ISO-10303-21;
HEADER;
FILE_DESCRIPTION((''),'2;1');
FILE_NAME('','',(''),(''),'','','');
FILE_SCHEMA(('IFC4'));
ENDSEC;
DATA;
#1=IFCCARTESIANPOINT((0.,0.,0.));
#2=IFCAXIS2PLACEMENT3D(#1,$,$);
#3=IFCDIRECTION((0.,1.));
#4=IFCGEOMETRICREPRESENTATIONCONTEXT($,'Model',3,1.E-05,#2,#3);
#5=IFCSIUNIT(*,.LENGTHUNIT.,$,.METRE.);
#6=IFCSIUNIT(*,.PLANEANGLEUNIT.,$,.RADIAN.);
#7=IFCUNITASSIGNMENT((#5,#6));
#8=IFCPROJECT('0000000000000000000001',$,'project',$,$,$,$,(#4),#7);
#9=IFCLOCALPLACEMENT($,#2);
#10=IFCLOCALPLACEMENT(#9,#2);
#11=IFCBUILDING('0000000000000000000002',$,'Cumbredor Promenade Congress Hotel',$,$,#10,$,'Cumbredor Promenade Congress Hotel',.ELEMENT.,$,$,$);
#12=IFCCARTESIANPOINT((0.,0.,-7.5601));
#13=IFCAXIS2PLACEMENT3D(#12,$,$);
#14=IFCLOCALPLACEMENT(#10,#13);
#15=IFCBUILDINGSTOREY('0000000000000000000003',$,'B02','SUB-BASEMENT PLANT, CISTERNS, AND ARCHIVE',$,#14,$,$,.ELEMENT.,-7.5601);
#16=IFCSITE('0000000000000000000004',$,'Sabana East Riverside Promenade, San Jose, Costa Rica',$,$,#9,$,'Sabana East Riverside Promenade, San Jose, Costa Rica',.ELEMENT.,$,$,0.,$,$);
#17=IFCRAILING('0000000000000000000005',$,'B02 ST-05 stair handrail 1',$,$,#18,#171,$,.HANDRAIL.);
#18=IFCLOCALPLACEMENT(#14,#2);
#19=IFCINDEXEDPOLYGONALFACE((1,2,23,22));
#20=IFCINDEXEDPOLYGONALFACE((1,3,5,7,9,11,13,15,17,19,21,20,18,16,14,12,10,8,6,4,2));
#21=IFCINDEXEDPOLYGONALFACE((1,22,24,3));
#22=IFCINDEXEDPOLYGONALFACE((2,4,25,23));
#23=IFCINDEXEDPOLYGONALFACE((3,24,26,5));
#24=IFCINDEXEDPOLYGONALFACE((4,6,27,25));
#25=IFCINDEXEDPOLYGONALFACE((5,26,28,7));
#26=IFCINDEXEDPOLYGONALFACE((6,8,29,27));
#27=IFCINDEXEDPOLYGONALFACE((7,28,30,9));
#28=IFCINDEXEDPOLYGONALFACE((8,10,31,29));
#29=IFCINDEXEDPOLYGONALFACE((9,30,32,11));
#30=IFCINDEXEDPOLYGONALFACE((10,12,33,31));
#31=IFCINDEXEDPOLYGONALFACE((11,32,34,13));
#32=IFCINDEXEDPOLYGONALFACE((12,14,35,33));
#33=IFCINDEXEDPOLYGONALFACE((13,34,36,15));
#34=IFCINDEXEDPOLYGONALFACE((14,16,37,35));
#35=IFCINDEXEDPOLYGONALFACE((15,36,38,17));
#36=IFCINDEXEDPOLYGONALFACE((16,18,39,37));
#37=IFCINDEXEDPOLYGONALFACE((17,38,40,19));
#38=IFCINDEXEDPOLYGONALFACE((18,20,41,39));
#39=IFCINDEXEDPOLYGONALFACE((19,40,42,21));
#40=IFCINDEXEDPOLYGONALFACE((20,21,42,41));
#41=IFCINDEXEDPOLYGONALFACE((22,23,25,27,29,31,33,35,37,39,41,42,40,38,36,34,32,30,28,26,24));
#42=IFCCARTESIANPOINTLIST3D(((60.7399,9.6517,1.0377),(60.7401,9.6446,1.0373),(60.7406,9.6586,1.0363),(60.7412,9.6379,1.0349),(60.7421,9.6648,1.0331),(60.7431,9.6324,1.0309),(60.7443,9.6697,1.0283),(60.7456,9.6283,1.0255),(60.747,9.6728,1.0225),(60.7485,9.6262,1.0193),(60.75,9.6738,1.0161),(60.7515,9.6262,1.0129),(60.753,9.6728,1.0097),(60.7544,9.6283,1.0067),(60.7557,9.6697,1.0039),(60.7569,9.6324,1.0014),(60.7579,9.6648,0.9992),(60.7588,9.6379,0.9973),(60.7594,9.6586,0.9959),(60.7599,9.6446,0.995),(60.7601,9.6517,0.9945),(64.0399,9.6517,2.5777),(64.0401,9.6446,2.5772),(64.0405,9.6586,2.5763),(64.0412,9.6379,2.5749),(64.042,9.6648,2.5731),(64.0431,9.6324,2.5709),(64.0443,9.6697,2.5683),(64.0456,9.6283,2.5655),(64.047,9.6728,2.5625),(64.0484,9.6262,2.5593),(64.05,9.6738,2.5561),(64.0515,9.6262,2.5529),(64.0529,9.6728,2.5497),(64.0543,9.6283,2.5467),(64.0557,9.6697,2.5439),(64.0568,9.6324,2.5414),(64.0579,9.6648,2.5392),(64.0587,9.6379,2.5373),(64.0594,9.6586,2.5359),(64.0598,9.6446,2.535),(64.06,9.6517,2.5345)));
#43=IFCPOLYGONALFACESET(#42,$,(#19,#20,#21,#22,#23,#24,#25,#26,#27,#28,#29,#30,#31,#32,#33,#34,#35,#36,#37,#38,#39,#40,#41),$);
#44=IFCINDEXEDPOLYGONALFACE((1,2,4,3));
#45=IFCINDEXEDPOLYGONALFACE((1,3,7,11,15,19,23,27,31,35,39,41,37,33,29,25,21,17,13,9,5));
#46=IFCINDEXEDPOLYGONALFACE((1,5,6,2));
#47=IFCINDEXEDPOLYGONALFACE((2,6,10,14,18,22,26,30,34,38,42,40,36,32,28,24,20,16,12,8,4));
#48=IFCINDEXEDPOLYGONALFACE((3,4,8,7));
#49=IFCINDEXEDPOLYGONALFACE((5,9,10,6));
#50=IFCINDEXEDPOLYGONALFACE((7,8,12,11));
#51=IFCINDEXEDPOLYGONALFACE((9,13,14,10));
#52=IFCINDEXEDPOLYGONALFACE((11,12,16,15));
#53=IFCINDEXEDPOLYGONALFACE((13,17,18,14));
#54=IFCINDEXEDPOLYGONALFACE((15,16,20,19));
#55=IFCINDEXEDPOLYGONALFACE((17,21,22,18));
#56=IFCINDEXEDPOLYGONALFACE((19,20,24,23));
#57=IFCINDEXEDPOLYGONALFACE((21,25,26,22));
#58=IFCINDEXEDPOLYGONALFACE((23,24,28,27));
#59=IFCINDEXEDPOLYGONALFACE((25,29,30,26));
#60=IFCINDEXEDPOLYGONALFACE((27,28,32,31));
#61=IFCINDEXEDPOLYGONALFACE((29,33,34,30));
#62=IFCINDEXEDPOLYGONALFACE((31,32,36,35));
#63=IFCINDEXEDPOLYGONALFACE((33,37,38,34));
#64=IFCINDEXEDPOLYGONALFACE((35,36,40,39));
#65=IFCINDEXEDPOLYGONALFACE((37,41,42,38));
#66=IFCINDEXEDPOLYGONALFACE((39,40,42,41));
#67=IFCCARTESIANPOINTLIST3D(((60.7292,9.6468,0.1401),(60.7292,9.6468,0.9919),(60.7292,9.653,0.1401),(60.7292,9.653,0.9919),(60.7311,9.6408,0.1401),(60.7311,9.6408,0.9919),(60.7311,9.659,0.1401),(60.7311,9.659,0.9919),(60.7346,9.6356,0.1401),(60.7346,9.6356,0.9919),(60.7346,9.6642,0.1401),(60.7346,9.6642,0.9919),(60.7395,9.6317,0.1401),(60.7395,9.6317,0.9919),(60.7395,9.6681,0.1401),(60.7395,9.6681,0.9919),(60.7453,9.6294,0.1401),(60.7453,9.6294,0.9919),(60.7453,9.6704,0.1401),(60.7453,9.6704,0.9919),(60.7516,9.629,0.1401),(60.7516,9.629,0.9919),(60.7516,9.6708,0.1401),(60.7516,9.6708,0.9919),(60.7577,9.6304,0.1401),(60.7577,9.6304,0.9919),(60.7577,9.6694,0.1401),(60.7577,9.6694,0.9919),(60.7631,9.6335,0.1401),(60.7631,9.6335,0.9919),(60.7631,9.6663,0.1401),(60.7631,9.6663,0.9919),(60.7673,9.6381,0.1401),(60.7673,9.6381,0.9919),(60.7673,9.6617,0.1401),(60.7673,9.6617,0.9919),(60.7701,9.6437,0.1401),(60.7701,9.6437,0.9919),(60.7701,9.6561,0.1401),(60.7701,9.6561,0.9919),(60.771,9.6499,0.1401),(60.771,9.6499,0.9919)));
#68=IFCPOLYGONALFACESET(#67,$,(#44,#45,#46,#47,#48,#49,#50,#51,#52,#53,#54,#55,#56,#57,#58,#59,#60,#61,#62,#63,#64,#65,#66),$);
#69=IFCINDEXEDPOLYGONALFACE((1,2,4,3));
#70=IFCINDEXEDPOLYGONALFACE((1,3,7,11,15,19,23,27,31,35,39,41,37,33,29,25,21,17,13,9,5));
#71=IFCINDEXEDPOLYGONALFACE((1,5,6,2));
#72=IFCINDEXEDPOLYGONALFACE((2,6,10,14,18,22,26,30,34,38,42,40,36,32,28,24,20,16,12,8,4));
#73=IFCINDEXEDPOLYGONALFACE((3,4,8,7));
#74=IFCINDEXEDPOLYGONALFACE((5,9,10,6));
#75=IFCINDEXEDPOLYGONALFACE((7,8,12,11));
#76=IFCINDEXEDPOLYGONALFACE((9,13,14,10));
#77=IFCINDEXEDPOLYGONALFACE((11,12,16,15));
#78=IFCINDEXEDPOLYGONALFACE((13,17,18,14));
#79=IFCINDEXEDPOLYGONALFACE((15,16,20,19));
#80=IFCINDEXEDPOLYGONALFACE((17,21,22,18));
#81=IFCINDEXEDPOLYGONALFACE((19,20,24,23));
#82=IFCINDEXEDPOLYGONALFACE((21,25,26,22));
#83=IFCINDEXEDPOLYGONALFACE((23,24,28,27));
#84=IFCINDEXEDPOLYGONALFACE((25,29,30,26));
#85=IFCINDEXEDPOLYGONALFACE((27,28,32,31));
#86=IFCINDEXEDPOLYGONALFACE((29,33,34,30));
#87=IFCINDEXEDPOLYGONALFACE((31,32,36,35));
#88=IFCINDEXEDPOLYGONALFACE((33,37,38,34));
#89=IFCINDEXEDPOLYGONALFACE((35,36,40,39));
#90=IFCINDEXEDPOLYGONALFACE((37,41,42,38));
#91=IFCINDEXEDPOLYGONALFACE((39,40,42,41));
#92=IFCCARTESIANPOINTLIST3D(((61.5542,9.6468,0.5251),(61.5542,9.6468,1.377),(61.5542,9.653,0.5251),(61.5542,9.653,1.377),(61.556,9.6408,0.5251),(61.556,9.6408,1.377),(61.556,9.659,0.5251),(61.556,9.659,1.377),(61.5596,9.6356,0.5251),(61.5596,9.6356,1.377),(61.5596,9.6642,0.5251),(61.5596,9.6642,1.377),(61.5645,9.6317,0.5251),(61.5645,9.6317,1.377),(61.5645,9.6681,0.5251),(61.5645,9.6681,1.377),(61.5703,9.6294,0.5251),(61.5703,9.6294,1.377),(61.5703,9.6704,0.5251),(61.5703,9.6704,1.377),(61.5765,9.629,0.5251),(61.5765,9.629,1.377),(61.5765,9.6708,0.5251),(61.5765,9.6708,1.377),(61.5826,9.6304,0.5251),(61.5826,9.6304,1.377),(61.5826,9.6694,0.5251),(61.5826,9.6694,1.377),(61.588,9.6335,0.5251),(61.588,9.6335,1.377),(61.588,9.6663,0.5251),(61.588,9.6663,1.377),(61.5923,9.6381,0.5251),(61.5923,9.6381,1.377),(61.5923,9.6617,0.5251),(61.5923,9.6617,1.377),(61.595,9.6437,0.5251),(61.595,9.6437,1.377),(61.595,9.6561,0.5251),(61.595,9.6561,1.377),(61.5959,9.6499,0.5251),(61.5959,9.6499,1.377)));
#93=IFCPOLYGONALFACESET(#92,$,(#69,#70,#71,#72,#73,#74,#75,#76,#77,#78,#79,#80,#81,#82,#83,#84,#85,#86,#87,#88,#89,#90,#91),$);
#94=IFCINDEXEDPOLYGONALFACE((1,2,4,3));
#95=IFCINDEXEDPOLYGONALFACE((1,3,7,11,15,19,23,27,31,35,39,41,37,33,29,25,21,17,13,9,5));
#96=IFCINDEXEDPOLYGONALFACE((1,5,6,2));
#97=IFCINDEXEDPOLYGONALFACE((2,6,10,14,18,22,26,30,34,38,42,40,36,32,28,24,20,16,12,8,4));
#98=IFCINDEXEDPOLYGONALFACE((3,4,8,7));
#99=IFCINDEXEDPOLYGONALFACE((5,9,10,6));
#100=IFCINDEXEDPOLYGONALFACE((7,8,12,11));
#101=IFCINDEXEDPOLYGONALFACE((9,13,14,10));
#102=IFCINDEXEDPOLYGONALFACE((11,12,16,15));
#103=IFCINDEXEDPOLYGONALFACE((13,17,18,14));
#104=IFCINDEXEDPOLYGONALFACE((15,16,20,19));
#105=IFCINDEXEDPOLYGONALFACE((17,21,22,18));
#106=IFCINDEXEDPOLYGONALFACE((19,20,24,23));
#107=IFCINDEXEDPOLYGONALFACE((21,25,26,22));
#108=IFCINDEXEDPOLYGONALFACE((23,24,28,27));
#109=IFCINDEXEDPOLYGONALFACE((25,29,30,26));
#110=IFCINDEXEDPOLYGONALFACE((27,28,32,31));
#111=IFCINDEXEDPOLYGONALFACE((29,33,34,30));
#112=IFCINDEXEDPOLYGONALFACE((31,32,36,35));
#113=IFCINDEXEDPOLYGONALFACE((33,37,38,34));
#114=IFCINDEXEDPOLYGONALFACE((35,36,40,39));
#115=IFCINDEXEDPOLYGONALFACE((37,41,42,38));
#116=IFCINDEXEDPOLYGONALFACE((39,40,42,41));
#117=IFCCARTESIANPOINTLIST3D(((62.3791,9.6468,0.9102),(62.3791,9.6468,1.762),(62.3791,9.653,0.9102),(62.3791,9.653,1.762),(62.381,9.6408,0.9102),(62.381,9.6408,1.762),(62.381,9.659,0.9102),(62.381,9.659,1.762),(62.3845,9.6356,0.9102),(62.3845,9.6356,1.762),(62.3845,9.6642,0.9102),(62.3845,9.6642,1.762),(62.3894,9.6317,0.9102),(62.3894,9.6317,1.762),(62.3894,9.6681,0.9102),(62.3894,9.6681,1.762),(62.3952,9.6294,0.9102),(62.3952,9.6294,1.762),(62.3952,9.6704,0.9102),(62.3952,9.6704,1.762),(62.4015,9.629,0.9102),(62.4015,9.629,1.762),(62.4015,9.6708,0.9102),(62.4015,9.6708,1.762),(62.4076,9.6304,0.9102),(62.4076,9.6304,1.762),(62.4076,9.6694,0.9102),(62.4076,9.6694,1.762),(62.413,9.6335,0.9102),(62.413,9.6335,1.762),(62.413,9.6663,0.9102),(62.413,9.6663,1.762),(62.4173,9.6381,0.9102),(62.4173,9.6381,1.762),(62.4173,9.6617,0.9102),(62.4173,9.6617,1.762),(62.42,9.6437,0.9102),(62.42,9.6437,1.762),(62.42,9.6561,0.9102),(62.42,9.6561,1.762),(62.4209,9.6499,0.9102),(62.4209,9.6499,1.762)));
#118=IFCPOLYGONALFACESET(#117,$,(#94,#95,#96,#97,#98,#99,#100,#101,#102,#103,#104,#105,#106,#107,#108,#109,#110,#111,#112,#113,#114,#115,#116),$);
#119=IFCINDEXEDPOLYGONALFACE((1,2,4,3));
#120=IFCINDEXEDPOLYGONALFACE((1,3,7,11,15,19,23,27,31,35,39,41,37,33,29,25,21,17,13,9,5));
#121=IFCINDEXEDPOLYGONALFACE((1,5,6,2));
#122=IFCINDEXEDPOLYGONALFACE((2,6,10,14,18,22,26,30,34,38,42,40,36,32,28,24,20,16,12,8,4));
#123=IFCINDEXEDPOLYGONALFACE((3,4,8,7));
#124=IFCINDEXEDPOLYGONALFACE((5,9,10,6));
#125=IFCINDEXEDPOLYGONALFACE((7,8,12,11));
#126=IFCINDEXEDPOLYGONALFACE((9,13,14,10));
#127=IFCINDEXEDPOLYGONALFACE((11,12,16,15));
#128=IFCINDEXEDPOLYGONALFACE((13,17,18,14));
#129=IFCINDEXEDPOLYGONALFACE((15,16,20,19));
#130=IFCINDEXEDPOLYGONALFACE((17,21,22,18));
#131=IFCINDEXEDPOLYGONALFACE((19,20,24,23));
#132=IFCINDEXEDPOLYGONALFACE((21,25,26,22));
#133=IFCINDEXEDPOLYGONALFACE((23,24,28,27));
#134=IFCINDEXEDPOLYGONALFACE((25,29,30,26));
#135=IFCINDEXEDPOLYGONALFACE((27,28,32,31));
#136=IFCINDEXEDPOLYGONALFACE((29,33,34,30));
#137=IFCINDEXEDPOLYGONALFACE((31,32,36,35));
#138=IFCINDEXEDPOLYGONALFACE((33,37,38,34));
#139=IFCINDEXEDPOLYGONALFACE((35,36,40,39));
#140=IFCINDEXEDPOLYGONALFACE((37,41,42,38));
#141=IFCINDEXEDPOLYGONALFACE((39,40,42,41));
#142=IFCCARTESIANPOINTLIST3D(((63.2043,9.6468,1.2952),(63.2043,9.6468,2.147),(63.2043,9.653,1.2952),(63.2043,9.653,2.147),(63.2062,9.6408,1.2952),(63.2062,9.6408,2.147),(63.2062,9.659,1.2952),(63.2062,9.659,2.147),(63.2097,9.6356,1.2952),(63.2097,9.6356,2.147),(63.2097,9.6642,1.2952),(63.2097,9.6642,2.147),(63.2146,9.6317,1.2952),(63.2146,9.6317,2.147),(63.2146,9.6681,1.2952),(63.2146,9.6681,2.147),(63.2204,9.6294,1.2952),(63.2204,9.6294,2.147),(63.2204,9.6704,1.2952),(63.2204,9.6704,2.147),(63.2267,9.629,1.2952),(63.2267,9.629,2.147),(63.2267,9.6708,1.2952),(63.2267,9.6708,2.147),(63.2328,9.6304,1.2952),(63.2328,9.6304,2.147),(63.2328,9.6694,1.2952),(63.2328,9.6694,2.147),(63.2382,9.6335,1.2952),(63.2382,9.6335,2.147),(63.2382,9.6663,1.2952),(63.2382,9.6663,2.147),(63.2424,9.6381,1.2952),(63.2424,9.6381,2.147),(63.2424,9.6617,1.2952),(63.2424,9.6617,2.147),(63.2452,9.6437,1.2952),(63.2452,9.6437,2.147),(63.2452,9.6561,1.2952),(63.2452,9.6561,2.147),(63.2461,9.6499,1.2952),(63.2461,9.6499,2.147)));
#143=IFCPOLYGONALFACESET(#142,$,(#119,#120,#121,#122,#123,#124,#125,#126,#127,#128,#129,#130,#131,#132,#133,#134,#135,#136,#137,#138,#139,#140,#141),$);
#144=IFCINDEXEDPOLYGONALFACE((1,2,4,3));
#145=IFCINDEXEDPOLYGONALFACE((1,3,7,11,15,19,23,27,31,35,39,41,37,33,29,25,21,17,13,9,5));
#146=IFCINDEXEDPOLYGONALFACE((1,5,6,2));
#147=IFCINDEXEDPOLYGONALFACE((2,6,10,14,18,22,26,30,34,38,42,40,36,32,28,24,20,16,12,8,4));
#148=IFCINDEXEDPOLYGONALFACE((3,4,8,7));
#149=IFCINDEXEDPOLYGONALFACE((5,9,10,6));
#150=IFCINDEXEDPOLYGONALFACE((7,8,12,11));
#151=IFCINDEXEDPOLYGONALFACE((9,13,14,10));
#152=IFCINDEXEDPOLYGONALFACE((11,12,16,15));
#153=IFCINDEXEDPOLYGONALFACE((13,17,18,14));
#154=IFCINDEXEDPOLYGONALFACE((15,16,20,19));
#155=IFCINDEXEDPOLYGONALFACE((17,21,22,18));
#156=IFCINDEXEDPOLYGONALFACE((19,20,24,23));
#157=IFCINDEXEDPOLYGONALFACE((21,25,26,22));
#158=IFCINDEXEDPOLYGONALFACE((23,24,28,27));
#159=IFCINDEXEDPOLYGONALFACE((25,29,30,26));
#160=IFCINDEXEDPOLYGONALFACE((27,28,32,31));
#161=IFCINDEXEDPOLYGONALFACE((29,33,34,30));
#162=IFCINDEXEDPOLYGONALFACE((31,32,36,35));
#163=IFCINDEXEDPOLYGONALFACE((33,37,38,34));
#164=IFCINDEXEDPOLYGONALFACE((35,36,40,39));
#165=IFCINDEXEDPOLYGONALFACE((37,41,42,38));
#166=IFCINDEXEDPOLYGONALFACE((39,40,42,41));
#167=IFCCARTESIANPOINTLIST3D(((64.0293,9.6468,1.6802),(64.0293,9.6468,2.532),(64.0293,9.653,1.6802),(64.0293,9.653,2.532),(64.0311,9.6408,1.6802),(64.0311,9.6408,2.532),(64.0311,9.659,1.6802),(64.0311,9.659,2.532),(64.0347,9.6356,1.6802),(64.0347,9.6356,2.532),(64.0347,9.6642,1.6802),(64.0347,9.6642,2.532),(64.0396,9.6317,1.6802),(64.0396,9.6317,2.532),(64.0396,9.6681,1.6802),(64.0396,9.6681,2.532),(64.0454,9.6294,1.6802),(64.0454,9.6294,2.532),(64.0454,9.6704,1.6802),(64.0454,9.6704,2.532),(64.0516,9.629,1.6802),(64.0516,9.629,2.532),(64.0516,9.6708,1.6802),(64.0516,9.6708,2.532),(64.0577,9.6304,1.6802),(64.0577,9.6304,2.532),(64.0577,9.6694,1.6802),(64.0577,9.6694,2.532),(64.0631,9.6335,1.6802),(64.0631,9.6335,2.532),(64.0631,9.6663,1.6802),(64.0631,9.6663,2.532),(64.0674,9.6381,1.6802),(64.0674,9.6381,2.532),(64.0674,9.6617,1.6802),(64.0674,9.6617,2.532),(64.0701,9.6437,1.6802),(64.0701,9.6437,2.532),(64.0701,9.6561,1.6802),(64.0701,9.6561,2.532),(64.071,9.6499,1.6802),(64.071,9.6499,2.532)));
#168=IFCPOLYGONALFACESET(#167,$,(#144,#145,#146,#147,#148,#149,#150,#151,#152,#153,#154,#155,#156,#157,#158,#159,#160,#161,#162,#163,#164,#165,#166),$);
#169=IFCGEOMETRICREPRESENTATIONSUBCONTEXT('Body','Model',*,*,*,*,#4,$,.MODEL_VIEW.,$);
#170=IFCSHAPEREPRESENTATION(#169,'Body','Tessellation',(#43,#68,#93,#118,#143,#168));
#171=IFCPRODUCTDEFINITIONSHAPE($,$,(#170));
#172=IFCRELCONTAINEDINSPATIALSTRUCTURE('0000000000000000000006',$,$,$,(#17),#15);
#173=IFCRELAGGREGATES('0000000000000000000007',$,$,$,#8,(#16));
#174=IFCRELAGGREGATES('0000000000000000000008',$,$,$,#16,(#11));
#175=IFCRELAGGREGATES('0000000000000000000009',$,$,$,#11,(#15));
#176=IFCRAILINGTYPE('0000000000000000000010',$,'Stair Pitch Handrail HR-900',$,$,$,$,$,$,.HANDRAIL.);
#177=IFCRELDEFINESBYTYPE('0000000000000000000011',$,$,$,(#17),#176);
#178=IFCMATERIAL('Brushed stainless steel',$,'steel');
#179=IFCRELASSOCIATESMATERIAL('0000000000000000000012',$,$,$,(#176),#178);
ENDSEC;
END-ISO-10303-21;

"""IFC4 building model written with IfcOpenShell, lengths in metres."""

from ifc_helpers import new_model, si_unit, direction, frame, origin, origin_2d, place, context, subcontext, project, spatial, circle, extrude, material, type_object, element, save


model = new_model("IFC4")

# Units and contexts
model_context = context("Model", 3, precision=1e-05, world=origin(), true_north=direction((0.0, 1.0)))
body_context = subcontext(model_context, "Body", "Model", "MODEL_VIEW")
ifc_project = project(units=[si_unit("LENGTHUNIT", "METRE"), si_unit("PLANEANGLEUNIT", "RADIAN")], contexts=[model_context])

# Site, building, storey
site_placement = place(None, origin())
site = spatial("IfcSite", under=ifc_project, at=site_placement, Name="Sabana East Riverside Promenade, San Jose, Costa Rica", LongName="Sabana East Riverside Promenade, San Jose, Costa Rica", CompositionType="ELEMENT", RefElevation=0.0)
building_placement = place(site_placement, origin())
building = spatial("IfcBuilding", under=site, at=building_placement, Name="Cumbredor Promenade Congress Hotel", LongName="Cumbredor Promenade Congress Hotel", CompositionType="ELEMENT")
storey_placement = place(building_placement, frame((0.0, 0.0, -7.5601)))
storey = spatial("IfcBuildingStorey", under=building, at=storey_placement, Name="B02", Description="SUB-BASEMENT PLANT, CISTERNS, AND ARCHIVE", CompositionType="ELEMENT", Elevation=-7.5601)

# Railing
ifc_material_1 = material(Name="Brushed stainless steel", Category="steel")
railing_type_1 = type_object("IfcRailingType", Name="Stair Pitch Handrail HR-900", PredefinedType="HANDRAIL", material=ifc_material_1)
railing_1_placement = place(storey_placement, frame((60.75, 9.6499, 0.1401)))
element("IfcRailing", 1, at=railing_1_placement, inside=storey, type_object=railing_type_1, Name="B02 ST-05 stair handrail 1", PredefinedType="HANDRAIL", context=body_context, shape_type="SweptSolid", body=[
    extrude(circle(Radius=0.0239, at=origin_2d()), frame((0.0, 0.0, 0.876), z_axis=(0.906181, 0.0, 0.422889), x_axis=(0.0, 1.0, 0.0)), (0.0, 0.0, 1.0), 3.6416),
    extrude(circle(Radius=0.021, at=origin_2d()), origin(), (0.0, 0.0, 1.0), 0.8518),
    extrude(circle(Radius=0.021, at=origin_2d()), frame((0.825, 0.0, 0.385)), (0.0, 0.0, 1.0), 0.8518),
    extrude(circle(Radius=0.021, at=origin_2d()), frame((1.6499, 0.0, 0.77)), (0.0, 0.0, 1.0), 0.8518),
    extrude(circle(Radius=0.021, at=origin_2d()), frame((2.4751, 0.0, 1.155)), (0.0, 0.0, 1.0), 0.8518),
    extrude(circle(Radius=0.021, at=origin_2d()), frame((3.3, 0.0, 1.54)), (0.0, 0.0, 1.0), 0.8518),
])

save(model, "model.ifc")
